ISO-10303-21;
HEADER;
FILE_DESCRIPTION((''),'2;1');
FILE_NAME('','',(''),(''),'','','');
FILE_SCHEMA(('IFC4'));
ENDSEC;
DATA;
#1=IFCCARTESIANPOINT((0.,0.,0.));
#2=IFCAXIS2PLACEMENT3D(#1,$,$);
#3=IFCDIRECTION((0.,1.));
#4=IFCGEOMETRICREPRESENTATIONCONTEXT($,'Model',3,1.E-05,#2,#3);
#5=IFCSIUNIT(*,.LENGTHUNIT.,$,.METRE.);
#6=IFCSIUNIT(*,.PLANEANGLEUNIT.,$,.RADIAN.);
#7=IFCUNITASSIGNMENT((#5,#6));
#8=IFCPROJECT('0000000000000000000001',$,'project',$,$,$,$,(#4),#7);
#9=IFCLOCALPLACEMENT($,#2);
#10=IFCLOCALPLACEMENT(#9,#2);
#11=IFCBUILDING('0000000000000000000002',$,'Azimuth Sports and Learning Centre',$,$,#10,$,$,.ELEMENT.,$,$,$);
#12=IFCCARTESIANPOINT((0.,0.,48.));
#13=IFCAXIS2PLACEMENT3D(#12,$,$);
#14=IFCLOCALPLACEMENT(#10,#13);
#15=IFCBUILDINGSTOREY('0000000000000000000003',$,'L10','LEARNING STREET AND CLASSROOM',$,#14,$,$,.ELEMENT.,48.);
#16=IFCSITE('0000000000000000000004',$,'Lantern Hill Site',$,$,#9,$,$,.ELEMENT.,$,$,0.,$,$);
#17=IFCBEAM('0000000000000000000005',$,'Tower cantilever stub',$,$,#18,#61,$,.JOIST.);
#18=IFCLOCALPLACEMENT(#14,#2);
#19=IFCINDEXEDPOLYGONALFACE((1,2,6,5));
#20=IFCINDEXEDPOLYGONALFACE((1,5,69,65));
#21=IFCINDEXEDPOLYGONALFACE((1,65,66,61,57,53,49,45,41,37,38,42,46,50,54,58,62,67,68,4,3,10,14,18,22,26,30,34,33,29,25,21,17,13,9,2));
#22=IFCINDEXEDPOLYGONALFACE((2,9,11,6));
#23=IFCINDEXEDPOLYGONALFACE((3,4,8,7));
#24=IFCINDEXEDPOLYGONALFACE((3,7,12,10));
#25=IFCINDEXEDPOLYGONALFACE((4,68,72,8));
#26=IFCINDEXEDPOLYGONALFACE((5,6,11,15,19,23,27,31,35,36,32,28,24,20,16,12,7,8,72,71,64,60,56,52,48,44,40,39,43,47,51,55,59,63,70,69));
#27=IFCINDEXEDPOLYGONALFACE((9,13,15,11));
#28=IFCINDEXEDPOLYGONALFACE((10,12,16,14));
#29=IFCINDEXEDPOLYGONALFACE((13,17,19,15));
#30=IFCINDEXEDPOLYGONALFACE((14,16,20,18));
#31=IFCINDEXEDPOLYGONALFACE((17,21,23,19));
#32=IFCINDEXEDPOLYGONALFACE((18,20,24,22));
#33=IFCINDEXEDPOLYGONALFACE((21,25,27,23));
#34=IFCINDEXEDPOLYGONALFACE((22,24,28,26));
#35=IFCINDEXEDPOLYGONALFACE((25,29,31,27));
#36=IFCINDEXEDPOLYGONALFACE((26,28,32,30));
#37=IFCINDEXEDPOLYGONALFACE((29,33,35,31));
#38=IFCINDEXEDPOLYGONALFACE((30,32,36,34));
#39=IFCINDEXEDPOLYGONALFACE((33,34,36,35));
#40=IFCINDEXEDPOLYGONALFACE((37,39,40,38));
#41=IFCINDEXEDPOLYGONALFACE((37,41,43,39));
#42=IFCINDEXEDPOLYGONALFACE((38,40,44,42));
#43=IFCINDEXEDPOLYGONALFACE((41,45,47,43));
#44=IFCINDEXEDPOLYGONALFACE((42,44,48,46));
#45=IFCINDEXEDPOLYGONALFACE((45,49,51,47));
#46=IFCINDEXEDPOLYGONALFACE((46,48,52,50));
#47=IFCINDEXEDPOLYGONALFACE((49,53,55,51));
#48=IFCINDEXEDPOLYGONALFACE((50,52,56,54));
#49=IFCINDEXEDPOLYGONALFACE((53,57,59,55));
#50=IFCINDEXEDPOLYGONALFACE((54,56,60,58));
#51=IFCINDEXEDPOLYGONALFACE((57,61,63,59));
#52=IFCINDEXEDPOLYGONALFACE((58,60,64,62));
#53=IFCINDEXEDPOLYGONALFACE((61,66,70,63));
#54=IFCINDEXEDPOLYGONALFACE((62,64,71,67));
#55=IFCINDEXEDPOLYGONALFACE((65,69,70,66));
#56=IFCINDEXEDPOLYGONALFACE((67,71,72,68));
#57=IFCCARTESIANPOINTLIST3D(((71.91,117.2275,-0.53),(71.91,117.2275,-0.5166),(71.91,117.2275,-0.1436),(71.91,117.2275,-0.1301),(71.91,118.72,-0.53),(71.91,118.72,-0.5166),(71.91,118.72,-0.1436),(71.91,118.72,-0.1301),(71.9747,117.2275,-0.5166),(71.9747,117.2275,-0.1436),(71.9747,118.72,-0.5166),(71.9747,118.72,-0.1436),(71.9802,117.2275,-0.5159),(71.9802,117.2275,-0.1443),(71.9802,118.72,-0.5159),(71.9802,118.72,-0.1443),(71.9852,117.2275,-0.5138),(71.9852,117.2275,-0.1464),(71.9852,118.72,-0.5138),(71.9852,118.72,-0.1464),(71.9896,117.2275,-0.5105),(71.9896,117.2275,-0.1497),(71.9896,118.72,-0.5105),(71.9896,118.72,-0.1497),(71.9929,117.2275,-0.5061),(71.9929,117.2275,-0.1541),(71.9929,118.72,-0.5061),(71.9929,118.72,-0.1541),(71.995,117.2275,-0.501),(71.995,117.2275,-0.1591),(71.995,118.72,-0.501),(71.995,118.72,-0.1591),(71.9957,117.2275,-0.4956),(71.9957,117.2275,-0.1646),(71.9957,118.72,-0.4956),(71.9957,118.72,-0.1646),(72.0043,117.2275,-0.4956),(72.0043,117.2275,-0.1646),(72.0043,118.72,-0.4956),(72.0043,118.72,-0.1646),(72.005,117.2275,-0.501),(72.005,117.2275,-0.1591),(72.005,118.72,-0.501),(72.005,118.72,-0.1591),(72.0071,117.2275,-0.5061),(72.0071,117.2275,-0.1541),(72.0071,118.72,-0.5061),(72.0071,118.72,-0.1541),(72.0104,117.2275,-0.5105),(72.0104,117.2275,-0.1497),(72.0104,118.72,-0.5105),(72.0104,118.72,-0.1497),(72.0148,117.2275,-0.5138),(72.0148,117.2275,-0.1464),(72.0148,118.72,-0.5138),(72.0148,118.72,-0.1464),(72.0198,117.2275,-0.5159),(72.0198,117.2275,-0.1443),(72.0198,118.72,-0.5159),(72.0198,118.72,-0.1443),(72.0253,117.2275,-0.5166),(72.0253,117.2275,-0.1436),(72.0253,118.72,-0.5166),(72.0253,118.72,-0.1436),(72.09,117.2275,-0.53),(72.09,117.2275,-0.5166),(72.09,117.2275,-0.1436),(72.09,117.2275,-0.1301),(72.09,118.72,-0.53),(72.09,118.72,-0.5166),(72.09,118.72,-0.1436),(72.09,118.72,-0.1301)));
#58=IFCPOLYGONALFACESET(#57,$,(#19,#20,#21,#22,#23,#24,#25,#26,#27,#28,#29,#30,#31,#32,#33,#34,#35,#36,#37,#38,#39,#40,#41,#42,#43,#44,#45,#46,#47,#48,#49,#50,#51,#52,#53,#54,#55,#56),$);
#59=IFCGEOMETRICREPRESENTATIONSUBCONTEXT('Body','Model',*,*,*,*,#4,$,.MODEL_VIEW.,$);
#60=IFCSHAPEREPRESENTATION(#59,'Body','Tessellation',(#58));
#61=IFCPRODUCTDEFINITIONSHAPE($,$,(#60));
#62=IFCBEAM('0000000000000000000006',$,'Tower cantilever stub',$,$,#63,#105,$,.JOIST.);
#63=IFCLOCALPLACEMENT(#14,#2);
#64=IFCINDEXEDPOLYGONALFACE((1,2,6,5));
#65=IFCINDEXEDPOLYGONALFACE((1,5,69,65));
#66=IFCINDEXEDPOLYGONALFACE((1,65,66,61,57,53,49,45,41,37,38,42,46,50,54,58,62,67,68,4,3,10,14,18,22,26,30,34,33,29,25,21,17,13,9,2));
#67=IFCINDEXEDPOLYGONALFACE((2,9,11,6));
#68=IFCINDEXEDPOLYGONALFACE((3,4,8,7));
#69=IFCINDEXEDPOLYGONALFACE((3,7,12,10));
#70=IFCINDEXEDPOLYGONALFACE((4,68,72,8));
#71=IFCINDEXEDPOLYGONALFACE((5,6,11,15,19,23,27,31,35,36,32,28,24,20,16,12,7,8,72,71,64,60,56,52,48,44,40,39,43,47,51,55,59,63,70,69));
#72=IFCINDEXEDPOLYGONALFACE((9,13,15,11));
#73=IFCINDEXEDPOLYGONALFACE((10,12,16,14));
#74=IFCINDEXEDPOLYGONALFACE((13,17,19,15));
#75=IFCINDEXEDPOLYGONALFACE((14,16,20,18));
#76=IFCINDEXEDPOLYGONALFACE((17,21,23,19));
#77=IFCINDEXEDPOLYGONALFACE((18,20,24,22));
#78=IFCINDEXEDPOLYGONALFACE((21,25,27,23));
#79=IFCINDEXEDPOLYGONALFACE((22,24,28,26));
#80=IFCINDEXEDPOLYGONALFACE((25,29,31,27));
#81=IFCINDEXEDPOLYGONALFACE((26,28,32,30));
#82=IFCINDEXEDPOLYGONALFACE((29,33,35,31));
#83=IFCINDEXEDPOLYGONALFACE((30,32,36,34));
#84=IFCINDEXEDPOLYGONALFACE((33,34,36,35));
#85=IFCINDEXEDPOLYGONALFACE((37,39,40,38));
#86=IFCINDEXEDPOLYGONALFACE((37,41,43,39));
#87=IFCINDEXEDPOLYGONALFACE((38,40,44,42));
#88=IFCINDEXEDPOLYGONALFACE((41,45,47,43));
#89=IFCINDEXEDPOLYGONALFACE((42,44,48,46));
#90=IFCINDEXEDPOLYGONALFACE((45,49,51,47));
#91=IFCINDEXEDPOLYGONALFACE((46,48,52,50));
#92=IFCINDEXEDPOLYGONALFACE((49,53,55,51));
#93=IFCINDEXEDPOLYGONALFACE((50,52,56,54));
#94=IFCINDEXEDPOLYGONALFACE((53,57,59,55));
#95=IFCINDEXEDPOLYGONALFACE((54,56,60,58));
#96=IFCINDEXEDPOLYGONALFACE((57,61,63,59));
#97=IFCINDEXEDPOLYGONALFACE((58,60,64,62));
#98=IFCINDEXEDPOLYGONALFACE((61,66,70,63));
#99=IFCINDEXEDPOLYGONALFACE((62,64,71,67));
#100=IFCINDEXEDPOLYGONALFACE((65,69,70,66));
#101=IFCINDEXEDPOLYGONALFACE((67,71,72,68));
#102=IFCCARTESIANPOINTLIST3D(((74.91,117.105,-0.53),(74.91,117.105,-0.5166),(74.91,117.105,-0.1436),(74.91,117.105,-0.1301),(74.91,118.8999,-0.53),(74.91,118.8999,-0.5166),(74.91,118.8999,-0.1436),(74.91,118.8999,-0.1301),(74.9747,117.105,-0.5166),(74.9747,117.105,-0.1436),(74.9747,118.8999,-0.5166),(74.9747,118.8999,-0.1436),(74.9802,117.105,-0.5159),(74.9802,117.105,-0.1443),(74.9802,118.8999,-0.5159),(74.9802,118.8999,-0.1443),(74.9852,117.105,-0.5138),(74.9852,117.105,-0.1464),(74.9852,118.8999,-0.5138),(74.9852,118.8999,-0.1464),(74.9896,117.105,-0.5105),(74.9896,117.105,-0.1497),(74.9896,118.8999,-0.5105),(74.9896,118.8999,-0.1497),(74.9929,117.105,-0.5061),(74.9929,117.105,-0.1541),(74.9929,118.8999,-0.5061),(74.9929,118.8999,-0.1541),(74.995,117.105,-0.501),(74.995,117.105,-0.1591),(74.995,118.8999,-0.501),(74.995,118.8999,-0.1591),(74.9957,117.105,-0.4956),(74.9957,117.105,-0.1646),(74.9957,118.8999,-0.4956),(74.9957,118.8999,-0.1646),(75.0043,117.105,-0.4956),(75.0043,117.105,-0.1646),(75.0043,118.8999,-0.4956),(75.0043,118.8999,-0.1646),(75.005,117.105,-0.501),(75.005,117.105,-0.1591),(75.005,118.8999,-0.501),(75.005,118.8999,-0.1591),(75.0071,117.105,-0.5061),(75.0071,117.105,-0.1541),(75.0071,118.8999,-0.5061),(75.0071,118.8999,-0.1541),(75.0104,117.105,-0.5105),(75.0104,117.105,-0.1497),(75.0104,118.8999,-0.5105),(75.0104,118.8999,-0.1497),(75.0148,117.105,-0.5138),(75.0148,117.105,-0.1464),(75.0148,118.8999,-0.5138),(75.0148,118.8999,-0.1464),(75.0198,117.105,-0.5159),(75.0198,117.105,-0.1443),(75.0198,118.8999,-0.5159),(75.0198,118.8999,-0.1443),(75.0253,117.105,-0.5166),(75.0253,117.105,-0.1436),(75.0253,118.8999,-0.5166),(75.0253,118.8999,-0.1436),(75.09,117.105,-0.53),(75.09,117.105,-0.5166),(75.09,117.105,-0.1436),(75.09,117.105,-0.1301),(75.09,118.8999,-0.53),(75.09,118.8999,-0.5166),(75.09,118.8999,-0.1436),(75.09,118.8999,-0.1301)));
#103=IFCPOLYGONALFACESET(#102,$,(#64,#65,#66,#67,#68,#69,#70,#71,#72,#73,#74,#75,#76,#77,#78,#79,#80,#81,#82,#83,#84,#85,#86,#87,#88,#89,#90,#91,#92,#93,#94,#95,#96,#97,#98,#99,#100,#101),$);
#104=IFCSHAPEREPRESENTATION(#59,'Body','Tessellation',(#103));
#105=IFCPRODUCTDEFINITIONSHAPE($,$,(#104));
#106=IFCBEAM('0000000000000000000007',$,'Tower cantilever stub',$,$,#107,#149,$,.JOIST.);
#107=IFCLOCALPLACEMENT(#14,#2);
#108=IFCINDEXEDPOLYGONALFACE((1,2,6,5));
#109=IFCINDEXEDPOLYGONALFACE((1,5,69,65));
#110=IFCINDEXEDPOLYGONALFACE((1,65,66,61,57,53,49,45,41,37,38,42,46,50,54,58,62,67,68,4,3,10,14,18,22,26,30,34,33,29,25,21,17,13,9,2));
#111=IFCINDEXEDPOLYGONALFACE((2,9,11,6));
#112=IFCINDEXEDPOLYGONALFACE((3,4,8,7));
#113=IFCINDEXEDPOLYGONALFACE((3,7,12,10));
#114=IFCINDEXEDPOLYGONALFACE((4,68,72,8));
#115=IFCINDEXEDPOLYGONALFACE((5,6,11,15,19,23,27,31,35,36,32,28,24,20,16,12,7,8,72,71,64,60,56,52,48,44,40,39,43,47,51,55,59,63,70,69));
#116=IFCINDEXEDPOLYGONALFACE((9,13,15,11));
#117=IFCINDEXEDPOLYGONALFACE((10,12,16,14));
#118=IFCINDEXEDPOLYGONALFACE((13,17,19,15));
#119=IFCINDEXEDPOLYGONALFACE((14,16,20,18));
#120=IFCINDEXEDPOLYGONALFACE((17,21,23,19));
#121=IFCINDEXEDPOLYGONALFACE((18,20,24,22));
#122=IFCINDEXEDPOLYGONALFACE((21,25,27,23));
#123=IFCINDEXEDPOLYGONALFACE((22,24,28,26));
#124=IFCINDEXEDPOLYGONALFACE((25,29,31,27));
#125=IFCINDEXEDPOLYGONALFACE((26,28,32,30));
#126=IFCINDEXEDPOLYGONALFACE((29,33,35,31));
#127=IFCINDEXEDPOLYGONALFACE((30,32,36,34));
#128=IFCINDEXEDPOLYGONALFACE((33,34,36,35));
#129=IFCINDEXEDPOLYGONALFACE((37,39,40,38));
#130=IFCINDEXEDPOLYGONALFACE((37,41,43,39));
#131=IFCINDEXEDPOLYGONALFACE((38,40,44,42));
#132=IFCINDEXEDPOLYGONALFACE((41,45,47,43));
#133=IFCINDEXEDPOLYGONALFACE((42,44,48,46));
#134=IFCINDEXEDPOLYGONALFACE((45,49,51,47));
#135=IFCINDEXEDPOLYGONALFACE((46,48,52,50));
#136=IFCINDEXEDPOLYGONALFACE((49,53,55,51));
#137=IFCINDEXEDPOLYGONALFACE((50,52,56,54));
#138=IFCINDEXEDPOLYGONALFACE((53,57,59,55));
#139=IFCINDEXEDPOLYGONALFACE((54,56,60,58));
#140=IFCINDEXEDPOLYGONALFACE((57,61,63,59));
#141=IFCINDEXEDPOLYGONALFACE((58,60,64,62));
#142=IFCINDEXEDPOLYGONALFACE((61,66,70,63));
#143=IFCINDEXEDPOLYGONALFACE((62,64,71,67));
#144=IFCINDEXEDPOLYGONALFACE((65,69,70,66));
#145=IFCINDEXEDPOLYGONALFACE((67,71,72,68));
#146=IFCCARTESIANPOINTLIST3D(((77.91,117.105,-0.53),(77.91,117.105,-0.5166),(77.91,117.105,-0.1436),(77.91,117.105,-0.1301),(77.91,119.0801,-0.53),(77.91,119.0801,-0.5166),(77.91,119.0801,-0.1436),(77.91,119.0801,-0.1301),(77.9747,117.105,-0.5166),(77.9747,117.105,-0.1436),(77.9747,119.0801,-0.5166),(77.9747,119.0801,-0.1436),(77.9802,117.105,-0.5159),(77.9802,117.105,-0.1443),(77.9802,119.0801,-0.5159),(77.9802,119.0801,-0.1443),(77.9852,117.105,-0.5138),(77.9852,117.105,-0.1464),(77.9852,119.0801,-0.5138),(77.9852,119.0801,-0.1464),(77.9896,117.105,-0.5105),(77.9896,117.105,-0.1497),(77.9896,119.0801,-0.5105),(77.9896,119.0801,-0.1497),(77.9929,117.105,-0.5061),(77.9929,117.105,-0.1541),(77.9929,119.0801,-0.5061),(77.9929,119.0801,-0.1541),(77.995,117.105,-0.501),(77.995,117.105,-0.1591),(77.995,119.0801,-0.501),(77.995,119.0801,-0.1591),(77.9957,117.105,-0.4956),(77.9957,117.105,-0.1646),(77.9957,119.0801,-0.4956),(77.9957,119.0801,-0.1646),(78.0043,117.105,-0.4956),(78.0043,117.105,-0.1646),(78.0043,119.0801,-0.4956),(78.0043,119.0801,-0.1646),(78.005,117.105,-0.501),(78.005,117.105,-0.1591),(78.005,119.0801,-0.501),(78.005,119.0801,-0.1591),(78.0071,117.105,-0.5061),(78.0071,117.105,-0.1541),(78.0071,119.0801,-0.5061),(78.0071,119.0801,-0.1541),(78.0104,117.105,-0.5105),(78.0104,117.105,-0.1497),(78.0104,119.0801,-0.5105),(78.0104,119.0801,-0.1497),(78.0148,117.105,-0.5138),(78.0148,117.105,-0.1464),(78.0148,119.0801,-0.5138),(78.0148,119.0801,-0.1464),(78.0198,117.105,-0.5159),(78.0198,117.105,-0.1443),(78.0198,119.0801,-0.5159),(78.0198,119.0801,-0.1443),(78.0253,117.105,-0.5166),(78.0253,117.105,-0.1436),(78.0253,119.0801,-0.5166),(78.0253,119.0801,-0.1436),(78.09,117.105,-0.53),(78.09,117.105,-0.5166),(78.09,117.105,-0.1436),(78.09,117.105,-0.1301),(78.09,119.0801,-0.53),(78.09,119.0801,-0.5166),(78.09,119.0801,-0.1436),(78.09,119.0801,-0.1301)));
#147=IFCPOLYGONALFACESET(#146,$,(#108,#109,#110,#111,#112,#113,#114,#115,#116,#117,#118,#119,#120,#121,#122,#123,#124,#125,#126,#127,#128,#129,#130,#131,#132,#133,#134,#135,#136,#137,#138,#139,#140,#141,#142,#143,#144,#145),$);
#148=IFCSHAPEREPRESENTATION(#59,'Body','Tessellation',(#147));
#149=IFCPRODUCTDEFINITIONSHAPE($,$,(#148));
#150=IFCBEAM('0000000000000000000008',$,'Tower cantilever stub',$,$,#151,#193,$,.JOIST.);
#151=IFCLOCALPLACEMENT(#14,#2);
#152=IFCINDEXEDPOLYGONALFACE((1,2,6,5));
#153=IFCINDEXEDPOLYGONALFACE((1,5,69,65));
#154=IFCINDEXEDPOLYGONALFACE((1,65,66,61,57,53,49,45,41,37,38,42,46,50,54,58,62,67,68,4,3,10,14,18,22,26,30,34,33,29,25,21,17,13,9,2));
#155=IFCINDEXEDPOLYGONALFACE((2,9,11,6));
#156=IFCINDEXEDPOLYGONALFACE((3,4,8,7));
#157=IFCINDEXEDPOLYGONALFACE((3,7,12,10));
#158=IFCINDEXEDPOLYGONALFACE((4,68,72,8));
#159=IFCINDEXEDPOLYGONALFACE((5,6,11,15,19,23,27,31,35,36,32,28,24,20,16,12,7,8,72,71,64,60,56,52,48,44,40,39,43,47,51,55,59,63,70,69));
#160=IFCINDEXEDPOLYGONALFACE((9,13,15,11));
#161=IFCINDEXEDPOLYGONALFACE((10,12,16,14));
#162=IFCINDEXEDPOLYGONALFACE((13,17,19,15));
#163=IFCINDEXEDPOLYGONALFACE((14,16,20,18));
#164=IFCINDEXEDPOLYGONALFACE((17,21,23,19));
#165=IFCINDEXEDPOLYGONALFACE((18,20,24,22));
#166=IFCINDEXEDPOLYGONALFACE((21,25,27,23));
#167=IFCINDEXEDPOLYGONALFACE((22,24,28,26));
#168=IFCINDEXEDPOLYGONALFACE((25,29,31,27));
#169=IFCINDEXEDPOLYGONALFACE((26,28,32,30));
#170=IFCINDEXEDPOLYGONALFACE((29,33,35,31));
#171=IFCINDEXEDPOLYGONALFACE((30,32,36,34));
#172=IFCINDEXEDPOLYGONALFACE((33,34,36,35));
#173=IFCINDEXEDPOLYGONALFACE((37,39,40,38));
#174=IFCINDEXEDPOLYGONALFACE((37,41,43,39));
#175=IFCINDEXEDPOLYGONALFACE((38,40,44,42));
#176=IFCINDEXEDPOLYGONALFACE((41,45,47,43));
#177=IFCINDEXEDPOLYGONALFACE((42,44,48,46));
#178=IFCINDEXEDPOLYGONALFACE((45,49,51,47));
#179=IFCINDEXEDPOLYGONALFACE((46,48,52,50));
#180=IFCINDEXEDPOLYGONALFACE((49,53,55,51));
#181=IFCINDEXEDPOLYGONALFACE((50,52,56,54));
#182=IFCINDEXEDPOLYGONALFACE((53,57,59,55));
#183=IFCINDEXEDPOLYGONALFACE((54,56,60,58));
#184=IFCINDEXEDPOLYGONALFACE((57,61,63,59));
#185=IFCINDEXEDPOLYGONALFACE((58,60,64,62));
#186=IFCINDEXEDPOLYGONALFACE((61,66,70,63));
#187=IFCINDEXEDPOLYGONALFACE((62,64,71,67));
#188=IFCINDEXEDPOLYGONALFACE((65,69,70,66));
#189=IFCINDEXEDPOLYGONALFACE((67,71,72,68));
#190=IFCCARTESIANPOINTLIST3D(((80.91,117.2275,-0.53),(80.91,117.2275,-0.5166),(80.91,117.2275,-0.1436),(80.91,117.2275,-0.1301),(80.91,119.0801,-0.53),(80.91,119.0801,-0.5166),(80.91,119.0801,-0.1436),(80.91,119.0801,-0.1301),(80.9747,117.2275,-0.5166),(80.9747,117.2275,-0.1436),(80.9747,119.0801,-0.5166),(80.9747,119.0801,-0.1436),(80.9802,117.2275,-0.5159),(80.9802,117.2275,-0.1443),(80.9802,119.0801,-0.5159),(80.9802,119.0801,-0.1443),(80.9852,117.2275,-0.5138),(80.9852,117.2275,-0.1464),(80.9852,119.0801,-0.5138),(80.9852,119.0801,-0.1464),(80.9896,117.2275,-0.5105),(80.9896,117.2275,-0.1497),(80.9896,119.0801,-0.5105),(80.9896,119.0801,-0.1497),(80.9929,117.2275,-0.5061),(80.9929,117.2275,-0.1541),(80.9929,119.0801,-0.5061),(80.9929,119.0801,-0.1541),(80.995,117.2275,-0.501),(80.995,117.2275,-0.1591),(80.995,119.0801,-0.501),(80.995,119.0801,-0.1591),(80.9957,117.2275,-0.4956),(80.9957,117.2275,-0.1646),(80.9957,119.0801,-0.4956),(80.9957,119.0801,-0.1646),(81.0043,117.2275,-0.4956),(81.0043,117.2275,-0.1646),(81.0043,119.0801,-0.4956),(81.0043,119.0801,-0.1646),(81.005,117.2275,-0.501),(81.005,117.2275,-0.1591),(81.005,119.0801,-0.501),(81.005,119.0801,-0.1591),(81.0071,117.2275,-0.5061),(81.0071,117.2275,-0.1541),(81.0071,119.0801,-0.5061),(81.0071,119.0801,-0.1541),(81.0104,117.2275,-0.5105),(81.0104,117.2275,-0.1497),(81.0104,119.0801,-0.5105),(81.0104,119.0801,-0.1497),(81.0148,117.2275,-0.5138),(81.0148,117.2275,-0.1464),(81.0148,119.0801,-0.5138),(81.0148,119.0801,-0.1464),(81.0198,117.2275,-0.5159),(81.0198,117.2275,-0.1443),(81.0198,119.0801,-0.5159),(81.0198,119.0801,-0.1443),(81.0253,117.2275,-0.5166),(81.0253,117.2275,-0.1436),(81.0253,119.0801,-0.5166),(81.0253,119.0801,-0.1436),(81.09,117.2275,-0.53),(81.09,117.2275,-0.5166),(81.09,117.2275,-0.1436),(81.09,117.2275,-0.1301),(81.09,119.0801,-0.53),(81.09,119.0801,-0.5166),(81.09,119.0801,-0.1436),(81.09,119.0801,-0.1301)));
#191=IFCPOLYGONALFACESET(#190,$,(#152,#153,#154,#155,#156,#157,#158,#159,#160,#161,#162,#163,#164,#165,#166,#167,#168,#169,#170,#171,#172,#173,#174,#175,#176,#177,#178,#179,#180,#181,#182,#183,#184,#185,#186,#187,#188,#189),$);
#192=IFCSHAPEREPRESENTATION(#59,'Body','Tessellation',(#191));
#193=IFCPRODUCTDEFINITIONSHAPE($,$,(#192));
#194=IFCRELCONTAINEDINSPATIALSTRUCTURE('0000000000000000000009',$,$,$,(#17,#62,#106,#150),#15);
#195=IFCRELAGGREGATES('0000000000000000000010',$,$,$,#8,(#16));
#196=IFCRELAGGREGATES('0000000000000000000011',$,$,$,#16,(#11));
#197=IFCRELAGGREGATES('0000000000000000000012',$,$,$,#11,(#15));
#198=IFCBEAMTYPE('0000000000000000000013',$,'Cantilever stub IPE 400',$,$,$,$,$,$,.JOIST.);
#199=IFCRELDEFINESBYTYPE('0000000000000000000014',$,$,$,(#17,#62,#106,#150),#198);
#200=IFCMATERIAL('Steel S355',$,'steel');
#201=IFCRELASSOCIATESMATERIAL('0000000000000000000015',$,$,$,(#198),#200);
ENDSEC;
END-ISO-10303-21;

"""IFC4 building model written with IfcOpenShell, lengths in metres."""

from ifc_helpers import new_model, si_unit, direction, frame, origin, origin_2d, place, context, subcontext, project, spatial, i_section, extrude, material, material_profile, profile_set, type_object, element, save


model = new_model("IFC4")

# Units and contexts
model_context = context("Model", 3, precision=1e-05, world=origin(), true_north=direction((0.0, 1.0)))
body_context = subcontext(model_context, "Body", "Model", "MODEL_VIEW")
ifc_project = project(units=[si_unit("LENGTHUNIT", "METRE"), si_unit("PLANEANGLEUNIT", "RADIAN")], contexts=[model_context])

# Site, building, storey
site_placement = place(None, origin())
site = spatial("IfcSite", under=ifc_project, at=site_placement, Name="Lantern Hill Site", CompositionType="ELEMENT", RefElevation=0.0)
building_placement = place(site_placement, origin())
building = spatial("IfcBuilding", under=site, at=building_placement, Name="Azimuth Sports and Learning Centre", CompositionType="ELEMENT")
storey_placement = place(building_placement, frame((0.0, 0.0, 48.0)))
storey = spatial("IfcBuildingStorey", under=building, at=storey_placement, Name="L10", Description="LEARNING STREET AND CLASSROOM", CompositionType="ELEMENT", Elevation=48.0)

# Beams
ifc_material_1 = material(Name="Steel S355", Category="steel")
ifc_material_profile_1 = material_profile(ifc_material_1, i_section(OverallWidth=0.1799, OverallDepth=0.3999, WebThickness=0.0085, FlangeThickness=0.0134, FilletRadius=0.021, at=origin_2d()), Name="IPE 400")
ifc_profile_set_1 = profile_set([ifc_material_profile_1], Name="Steel S355")
beam_type_1 = type_object("IfcBeamType", Name="Cantilever stub IPE 400", PredefinedType="JOIST", material=ifc_profile_set_1)
beam_1_placement = place(storey_placement, frame((72.0, 117.2275, -0.3301), z_axis=(0.0, 1.0, 0.0), x_axis=(-1.0, 0.0, 0.0)))
element("IfcBeam", 1, at=beam_1_placement, inside=storey, type_object=beam_type_1, Name="Tower cantilever stub", PredefinedType="JOIST", context=body_context, shape_type="SweptSolid", body=[
    extrude(i_section(OverallWidth=0.1799, OverallDepth=0.3999, WebThickness=0.0085, FlangeThickness=0.0134, FilletRadius=0.021, at=origin_2d()), origin(), (0.0, 0.0, 1.0), 1.4924),
])
beam_2_placement = place(storey_placement, frame((75.0, 117.105, -0.3301), z_axis=(0.0, 1.0, 0.0), x_axis=(-1.0, 0.0, 0.0)))
element("IfcBeam", 2, at=beam_2_placement, inside=storey, type_object=beam_type_1, Name="Tower cantilever stub", PredefinedType="JOIST", context=body_context, shape_type="SweptSolid", body=[
    extrude(i_section(OverallWidth=0.1799, OverallDepth=0.3999, WebThickness=0.0085, FlangeThickness=0.0134, FilletRadius=0.021, at=origin_2d()), origin(), (0.0, 0.0, 1.0), 1.7949),
])
beam_3_placement = place(storey_placement, frame((78.0, 117.105, -0.3301), z_axis=(0.0, 1.0, 0.0), x_axis=(-1.0, 0.0, 0.0)))
element("IfcBeam", 3, at=beam_3_placement, inside=storey, type_object=beam_type_1, Name="Tower cantilever stub", PredefinedType="JOIST", context=body_context, shape_type="SweptSolid", body=[
    extrude(i_section(OverallWidth=0.1799, OverallDepth=0.3999, WebThickness=0.0085, FlangeThickness=0.0134, FilletRadius=0.021, at=origin_2d()), origin(), (0.0, 0.0, 1.0), 1.9751),
])
beam_4_placement = place(storey_placement, frame((81.0, 117.2275, -0.3301), z_axis=(0.0, 1.0, 0.0), x_axis=(-1.0, 0.0, 0.0)))
element("IfcBeam", 4, at=beam_4_placement, inside=storey, type_object=beam_type_1, Name="Tower cantilever stub", PredefinedType="JOIST", context=body_context, shape_type="SweptSolid", body=[
    extrude(i_section(OverallWidth=0.1799, OverallDepth=0.3999, WebThickness=0.0085, FlangeThickness=0.0134, FilletRadius=0.021, at=origin_2d()), origin(), (0.0, 0.0, 1.0), 1.8525),
])

save(model, "model.ifc")
